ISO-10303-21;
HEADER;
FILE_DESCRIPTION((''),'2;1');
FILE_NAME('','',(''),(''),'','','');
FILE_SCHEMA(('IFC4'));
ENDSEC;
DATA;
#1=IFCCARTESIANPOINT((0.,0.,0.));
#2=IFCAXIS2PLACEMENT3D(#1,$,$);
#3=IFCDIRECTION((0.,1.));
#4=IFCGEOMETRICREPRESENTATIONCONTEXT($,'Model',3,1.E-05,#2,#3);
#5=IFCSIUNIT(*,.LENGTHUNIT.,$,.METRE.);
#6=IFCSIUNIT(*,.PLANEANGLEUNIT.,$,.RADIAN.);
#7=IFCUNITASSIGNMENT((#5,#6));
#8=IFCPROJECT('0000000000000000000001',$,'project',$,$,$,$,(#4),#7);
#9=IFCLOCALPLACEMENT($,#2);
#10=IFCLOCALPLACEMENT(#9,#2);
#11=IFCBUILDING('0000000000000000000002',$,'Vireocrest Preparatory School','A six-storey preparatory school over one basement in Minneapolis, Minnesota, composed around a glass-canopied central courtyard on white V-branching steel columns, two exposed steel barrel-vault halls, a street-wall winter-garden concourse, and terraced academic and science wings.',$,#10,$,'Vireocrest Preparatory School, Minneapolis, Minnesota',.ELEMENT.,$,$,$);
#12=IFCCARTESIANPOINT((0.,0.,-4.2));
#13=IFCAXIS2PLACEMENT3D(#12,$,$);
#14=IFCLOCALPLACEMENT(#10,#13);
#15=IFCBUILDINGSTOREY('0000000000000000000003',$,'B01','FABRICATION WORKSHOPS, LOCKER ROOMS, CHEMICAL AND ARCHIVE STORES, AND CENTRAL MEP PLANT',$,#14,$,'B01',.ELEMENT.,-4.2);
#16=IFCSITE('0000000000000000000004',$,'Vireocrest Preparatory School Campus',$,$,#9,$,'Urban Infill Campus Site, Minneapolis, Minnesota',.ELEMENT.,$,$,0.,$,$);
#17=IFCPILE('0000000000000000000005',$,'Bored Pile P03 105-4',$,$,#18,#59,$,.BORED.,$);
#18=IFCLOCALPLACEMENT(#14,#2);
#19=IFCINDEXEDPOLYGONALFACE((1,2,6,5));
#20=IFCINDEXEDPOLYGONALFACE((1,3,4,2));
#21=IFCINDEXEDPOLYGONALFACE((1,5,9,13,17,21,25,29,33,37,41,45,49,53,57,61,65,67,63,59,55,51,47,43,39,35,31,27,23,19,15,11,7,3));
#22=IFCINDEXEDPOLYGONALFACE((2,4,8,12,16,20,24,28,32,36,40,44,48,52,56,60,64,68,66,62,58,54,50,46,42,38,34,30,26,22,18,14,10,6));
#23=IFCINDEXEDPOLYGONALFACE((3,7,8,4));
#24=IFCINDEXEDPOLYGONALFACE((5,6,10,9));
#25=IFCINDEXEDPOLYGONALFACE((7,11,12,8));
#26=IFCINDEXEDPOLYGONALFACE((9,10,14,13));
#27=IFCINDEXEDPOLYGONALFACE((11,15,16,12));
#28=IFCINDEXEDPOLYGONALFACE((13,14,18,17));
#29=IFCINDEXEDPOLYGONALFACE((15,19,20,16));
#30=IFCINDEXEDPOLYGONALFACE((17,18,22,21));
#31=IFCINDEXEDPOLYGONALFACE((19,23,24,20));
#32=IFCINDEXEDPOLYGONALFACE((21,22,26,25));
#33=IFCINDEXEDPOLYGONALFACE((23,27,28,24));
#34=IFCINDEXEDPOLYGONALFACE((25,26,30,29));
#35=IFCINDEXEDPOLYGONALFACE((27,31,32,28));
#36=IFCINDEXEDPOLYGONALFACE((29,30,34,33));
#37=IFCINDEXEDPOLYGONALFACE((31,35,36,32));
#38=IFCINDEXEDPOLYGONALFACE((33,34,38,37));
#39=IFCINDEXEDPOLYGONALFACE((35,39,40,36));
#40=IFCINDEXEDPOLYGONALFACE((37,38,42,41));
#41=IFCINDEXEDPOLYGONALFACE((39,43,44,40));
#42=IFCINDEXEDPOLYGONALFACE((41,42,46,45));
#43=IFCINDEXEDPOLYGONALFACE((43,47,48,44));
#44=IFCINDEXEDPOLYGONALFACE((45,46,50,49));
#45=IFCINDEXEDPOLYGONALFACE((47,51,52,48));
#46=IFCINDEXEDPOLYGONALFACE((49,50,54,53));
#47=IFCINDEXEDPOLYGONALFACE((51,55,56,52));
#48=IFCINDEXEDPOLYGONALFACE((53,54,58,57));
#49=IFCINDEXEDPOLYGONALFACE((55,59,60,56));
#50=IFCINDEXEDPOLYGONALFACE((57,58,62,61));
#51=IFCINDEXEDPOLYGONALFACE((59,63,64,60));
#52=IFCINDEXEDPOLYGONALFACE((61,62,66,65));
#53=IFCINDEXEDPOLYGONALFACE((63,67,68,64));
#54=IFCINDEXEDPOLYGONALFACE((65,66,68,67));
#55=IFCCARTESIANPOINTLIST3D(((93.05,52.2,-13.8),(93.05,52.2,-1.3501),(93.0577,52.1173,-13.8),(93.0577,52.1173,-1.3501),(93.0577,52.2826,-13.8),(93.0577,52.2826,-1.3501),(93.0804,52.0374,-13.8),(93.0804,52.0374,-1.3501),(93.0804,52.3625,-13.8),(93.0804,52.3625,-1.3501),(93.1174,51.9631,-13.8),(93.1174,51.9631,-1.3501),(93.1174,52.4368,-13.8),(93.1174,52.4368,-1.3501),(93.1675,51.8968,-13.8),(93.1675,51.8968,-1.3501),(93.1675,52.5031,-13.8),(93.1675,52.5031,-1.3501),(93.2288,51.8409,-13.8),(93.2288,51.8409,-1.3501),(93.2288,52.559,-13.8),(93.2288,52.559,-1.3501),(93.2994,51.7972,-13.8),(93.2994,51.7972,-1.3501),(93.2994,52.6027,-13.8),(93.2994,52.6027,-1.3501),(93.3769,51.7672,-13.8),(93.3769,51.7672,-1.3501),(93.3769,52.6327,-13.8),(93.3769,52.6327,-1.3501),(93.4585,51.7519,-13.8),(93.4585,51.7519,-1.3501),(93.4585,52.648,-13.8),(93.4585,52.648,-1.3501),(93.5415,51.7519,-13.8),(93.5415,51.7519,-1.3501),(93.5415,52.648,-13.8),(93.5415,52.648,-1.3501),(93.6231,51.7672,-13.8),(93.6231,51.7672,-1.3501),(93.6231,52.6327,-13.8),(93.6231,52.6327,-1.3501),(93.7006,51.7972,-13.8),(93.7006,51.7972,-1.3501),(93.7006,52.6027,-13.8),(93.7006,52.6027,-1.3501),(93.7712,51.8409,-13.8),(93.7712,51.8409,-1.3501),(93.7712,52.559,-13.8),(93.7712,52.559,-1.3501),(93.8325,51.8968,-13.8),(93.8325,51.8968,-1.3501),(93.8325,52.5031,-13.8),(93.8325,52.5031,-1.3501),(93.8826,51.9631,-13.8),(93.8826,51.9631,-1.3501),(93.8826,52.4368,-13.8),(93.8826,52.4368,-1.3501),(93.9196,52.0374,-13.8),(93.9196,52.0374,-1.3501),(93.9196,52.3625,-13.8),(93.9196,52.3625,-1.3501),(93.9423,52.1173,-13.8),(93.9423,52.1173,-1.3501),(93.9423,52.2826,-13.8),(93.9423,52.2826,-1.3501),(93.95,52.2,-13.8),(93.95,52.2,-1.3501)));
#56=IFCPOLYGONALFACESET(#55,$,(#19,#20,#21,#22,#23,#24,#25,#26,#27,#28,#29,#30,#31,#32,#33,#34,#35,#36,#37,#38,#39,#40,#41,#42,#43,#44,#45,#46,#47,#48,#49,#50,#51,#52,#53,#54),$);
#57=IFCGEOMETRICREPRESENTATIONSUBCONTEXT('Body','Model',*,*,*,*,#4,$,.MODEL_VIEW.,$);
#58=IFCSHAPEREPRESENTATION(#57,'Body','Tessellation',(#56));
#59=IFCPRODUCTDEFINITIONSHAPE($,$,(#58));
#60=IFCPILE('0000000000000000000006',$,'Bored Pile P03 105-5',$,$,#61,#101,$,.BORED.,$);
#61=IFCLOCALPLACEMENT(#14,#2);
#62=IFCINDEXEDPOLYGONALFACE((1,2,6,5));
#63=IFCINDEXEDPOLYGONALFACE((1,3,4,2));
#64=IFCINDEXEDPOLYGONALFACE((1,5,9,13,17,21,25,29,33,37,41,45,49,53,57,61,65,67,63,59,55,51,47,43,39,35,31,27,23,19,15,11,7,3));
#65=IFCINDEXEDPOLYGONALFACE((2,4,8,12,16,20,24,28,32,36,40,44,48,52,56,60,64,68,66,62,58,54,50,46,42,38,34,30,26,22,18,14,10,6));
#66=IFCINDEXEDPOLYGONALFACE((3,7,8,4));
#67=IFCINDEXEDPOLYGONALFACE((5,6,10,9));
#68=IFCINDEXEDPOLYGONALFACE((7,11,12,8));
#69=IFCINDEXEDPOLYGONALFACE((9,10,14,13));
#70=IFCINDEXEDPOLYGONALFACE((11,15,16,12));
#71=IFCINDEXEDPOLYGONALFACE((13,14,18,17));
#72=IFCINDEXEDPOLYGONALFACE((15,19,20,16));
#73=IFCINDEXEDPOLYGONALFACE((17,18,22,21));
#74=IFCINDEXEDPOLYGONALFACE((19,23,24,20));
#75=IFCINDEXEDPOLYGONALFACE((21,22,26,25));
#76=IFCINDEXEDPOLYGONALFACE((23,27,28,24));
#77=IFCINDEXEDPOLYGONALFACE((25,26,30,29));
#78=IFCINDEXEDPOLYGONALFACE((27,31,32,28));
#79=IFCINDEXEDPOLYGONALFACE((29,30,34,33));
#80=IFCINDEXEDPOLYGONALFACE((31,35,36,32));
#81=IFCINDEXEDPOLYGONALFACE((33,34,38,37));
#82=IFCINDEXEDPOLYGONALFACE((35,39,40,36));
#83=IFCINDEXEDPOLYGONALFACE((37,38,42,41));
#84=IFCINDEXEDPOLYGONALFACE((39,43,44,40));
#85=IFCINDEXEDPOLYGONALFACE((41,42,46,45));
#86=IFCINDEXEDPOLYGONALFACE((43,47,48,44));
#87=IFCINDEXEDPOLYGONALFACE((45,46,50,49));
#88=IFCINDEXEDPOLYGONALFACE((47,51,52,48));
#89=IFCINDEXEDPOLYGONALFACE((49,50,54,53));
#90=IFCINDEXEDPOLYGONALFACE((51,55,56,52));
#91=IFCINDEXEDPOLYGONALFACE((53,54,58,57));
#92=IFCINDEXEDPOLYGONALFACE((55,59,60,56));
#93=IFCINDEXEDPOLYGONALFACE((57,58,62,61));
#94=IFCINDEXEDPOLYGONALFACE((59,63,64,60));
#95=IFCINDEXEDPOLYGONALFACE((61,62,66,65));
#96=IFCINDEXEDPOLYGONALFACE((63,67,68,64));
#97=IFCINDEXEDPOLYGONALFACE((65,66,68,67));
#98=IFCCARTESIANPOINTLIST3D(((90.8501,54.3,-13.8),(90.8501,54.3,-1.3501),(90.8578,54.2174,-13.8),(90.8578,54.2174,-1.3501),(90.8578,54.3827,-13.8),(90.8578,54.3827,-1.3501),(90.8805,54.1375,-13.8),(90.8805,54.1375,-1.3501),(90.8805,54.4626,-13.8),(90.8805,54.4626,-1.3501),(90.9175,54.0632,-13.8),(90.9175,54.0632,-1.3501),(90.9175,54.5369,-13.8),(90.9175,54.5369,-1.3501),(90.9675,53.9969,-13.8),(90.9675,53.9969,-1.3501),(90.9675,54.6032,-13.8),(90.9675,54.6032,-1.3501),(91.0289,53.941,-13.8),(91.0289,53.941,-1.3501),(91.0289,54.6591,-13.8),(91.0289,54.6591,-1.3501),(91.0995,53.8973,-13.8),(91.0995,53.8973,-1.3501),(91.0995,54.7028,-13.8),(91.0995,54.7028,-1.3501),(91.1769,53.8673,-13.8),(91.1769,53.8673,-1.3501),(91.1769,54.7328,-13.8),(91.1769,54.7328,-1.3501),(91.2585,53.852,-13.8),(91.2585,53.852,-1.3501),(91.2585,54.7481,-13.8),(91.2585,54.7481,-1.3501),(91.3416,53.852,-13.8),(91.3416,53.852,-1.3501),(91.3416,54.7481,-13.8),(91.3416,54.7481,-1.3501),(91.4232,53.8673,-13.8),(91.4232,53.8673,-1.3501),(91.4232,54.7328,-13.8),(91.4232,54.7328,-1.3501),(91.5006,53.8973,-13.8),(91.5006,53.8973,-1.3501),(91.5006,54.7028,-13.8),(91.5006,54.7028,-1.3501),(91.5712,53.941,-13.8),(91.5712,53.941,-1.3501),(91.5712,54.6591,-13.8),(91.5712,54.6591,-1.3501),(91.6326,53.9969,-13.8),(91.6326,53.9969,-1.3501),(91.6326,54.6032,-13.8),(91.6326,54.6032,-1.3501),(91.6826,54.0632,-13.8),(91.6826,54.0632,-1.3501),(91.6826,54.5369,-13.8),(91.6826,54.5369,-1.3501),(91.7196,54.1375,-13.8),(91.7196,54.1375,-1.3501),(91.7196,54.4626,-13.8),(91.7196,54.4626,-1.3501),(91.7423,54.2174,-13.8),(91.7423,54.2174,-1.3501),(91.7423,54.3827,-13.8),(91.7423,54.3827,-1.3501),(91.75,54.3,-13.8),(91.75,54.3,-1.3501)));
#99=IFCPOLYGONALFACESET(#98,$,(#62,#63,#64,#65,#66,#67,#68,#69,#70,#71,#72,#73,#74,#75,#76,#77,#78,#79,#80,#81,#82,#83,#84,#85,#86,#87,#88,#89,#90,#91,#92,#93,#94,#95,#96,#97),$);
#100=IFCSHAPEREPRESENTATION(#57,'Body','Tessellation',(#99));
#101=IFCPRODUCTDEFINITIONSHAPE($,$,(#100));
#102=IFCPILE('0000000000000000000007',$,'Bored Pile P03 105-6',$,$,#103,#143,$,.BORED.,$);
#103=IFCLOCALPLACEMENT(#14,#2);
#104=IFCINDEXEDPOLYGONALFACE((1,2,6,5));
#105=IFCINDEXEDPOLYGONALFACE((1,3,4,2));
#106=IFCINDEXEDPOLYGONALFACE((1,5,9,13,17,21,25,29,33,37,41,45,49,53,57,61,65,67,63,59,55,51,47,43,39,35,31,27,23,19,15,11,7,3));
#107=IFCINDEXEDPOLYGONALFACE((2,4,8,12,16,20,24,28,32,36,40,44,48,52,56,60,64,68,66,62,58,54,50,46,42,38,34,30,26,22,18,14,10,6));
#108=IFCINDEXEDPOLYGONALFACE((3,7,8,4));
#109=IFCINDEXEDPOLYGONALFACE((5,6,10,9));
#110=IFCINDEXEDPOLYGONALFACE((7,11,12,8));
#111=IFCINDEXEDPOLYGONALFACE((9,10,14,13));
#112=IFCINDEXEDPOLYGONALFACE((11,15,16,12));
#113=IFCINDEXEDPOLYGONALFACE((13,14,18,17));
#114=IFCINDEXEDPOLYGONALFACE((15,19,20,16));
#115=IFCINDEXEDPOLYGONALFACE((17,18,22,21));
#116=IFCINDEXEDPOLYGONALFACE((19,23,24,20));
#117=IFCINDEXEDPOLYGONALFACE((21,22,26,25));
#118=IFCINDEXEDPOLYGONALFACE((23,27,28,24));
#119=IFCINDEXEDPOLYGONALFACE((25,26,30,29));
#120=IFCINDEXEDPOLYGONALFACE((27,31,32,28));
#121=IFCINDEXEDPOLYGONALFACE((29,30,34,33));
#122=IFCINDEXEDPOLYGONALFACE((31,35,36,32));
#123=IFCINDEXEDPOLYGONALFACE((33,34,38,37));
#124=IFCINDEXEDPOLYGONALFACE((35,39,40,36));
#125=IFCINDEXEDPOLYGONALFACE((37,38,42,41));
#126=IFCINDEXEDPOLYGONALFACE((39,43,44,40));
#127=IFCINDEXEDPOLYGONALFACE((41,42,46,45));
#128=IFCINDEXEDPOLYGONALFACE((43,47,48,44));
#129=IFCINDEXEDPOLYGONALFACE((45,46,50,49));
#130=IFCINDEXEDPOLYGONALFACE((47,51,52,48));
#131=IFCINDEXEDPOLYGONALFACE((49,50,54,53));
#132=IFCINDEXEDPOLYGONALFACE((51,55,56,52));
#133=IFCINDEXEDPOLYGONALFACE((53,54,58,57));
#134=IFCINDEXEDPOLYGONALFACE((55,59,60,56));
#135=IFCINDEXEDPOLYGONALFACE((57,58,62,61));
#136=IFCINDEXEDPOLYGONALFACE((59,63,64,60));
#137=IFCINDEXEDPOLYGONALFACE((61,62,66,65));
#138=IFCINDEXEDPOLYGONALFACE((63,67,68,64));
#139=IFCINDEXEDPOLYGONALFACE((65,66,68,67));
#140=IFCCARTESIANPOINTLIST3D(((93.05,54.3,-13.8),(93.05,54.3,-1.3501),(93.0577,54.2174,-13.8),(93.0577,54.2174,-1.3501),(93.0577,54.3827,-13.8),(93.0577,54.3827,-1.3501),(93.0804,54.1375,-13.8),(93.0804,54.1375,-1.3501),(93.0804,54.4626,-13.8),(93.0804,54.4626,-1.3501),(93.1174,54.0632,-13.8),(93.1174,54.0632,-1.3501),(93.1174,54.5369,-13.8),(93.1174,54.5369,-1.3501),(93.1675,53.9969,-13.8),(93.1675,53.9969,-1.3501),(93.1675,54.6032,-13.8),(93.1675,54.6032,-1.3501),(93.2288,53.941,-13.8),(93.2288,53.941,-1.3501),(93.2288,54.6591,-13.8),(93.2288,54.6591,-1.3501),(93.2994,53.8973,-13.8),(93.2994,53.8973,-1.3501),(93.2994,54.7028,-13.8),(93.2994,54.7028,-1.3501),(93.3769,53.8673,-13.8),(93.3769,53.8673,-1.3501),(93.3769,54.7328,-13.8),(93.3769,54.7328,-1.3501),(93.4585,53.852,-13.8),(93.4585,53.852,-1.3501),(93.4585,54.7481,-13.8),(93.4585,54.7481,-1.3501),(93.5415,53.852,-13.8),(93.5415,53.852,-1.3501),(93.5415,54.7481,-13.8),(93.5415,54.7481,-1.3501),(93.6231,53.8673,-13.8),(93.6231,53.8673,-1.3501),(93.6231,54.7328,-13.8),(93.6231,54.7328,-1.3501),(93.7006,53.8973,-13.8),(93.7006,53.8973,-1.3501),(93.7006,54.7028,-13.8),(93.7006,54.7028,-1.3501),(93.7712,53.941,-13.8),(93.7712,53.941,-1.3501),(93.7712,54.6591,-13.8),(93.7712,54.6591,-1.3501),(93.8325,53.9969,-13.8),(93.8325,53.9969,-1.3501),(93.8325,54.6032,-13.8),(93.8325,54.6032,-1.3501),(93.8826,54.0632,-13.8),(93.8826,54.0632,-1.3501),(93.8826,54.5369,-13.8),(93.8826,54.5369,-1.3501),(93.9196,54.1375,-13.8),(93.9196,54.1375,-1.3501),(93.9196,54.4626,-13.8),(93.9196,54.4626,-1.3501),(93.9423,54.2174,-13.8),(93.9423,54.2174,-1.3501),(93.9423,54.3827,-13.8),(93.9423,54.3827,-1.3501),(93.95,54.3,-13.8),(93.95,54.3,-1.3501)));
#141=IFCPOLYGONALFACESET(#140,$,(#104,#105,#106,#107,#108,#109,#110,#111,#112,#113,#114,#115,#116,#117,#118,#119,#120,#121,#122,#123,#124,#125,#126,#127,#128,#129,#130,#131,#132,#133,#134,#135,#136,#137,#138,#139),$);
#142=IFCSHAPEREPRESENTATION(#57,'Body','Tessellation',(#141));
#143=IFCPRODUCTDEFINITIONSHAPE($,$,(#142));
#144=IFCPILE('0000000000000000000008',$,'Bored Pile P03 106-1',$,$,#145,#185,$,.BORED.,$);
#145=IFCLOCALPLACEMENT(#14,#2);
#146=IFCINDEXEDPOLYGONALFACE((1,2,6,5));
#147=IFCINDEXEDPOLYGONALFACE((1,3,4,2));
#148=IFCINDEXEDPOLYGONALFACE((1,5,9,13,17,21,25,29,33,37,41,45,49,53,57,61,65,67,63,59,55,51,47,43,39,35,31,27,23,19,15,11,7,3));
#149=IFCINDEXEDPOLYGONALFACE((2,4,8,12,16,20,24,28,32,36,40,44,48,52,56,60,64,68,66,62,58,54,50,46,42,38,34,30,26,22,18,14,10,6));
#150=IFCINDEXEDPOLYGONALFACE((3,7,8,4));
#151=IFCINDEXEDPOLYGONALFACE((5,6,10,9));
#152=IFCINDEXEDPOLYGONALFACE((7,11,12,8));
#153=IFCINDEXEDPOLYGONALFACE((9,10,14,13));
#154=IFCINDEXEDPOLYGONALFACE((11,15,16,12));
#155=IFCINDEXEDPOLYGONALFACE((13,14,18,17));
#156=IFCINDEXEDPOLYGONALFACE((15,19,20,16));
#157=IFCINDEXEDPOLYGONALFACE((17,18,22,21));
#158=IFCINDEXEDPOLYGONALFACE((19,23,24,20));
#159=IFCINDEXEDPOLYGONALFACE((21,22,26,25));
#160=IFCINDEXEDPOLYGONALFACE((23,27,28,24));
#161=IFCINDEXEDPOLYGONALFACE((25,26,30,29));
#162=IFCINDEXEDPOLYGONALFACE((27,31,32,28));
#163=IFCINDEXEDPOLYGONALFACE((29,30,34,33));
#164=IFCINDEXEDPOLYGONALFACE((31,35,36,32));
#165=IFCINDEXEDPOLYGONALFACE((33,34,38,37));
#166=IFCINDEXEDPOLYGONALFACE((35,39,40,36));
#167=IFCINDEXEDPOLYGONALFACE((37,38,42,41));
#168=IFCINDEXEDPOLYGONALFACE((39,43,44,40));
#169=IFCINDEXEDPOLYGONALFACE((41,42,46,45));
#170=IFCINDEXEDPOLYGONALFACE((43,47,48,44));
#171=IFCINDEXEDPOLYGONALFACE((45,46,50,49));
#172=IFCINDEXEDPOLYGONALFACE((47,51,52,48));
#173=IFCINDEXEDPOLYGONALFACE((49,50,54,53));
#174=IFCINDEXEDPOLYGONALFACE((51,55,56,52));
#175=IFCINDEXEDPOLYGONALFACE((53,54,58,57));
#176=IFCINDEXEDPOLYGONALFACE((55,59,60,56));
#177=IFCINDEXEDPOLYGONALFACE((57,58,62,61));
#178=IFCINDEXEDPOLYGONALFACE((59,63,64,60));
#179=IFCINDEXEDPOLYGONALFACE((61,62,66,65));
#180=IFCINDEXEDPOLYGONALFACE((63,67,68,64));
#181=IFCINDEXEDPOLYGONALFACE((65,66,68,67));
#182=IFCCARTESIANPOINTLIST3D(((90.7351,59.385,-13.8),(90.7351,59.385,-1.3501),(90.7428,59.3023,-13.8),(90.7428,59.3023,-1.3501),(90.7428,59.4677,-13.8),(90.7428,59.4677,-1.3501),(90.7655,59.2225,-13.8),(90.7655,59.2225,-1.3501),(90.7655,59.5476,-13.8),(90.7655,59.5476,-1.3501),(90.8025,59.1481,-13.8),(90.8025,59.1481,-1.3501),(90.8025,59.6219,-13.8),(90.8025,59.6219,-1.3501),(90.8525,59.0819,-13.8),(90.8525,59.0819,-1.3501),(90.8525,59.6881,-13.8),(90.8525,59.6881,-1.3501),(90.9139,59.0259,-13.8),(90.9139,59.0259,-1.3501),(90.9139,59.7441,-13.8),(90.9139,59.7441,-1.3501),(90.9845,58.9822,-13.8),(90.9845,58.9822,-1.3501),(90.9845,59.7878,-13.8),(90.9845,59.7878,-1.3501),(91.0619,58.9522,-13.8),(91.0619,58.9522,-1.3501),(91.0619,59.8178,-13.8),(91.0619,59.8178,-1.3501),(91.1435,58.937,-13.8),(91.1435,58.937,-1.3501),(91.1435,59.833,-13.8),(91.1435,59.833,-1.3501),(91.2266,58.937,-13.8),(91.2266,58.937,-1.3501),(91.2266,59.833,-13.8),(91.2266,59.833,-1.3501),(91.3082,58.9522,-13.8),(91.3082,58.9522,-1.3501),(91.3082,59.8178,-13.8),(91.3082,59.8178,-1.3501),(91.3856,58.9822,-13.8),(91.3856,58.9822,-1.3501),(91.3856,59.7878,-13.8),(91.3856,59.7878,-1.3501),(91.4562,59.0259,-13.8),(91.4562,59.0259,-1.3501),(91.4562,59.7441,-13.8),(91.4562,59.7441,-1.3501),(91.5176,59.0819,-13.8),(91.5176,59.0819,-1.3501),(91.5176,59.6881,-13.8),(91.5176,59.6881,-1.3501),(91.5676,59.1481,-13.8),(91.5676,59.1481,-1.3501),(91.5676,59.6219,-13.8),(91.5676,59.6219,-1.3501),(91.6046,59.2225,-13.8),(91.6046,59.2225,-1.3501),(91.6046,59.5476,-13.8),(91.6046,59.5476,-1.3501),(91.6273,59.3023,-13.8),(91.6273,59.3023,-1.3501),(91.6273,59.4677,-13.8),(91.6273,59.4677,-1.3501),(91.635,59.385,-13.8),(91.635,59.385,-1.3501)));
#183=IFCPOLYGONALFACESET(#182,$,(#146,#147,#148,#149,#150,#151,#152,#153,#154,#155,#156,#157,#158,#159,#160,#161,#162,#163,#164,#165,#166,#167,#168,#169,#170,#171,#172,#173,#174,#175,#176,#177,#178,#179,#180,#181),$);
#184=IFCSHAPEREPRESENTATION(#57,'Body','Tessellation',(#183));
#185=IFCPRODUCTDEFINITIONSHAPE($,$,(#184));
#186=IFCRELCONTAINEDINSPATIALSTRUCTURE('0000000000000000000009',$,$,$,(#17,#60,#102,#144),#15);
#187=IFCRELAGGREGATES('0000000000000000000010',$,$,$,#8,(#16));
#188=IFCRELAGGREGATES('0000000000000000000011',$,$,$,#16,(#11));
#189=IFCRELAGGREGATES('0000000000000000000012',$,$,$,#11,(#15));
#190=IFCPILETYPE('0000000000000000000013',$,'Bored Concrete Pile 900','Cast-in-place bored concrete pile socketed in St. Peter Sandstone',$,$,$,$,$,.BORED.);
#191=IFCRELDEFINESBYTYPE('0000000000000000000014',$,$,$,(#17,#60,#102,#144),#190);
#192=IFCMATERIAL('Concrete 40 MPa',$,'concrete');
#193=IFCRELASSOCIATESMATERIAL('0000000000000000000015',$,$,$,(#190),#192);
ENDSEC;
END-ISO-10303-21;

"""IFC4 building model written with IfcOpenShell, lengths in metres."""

from ifc_helpers import new_model, si_unit, direction, frame, origin, origin_2d, place, context, subcontext, project, spatial, circle, extrude, material, material_profile, profile_set, type_object, element, save


model = new_model("IFC4")

# Units and contexts
model_context = context("Model", 3, precision=1e-05, world=origin(), true_north=direction((0.0, 1.0)))
body_context = subcontext(model_context, "Body", "Model", "MODEL_VIEW")
ifc_project = project(units=[si_unit("LENGTHUNIT", "METRE"), si_unit("PLANEANGLEUNIT", "RADIAN")], contexts=[model_context])

# Site, building, storey
site_placement = place(None, origin())
site = spatial("IfcSite", under=ifc_project, at=site_placement, Name="Vireocrest Preparatory School Campus", LongName="Urban Infill Campus Site, Minneapolis, Minnesota", CompositionType="ELEMENT", RefElevation=0.0)
building_placement = place(site_placement, origin())
building = spatial("IfcBuilding", under=site, at=building_placement, Name="Vireocrest Preparatory School", Description="A six-storey preparatory school over one basement in Minneapolis, Minnesota, composed around a glass-canopied central courtyard on white V-branching steel columns, two exposed steel barrel-vault halls, a street-wall winter-garden concourse, and terraced academic and science wings.", LongName="Vireocrest Preparatory School, Minneapolis, Minnesota", CompositionType="ELEMENT")
storey_placement = place(building_placement, frame((0.0, 0.0, -4.2)))
storey = spatial("IfcBuildingStorey", under=building, at=storey_placement, Name="B01", Description="FABRICATION WORKSHOPS, LOCKER ROOMS, CHEMICAL AND ARCHIVE STORES, AND CENTRAL MEP PLANT", LongName="B01", CompositionType="ELEMENT", Elevation=-4.2)

# Piles
ifc_material_1 = material(Name="Concrete 40 MPa", Category="concrete")
ifc_material_profile_1 = material_profile(ifc_material_1, circle(Radius=0.45, at=origin_2d()), Name="BORED PILE 900")
ifc_profile_set_1 = profile_set([ifc_material_profile_1], Name="Concrete 40 MPa")
pile_type = type_object("IfcPileType", Name="Bored Concrete Pile 900", Description="Cast-in-place bored concrete pile socketed in St. Peter Sandstone", PredefinedType="BORED", material=ifc_profile_set_1)
for number, where, z_axis, x_axis, name in (
    (1, (93.5, 52.2, -1.3501), (0.0, 0.0, -1.0), (1.0, 0.0, 0.0), "Bored Pile P03 105-4"),
    (2, (91.3, 54.3, -1.3501), (0.0, 0.0, -1.0), (1.0, 0.0, 0.0), "Bored Pile P03 105-5"),
    (3, (93.5, 54.3, -1.3501), (0.0, 0.0, -1.0), (1.0, 0.0, 0.0), "Bored Pile P03 105-6"),
    (4, (91.1851, 59.385, -1.3501), (0.0, 0.0, -1.0), (1.0, 0.0, 0.0), "Bored Pile P03 106-1"),
):
    element("IfcPile", number, at=place(storey_placement, frame(where, z_axis=z_axis, x_axis=x_axis)), inside=storey, type_object=pile_type, Name=name, PredefinedType="BORED", context=body_context, shape_type="SweptSolid", body=[
        extrude(circle(Radius=0.45, at=origin_2d()), origin(), (0.0, 0.0, 1.0), 12.45),
    ])

save(model, "model.ifc")
